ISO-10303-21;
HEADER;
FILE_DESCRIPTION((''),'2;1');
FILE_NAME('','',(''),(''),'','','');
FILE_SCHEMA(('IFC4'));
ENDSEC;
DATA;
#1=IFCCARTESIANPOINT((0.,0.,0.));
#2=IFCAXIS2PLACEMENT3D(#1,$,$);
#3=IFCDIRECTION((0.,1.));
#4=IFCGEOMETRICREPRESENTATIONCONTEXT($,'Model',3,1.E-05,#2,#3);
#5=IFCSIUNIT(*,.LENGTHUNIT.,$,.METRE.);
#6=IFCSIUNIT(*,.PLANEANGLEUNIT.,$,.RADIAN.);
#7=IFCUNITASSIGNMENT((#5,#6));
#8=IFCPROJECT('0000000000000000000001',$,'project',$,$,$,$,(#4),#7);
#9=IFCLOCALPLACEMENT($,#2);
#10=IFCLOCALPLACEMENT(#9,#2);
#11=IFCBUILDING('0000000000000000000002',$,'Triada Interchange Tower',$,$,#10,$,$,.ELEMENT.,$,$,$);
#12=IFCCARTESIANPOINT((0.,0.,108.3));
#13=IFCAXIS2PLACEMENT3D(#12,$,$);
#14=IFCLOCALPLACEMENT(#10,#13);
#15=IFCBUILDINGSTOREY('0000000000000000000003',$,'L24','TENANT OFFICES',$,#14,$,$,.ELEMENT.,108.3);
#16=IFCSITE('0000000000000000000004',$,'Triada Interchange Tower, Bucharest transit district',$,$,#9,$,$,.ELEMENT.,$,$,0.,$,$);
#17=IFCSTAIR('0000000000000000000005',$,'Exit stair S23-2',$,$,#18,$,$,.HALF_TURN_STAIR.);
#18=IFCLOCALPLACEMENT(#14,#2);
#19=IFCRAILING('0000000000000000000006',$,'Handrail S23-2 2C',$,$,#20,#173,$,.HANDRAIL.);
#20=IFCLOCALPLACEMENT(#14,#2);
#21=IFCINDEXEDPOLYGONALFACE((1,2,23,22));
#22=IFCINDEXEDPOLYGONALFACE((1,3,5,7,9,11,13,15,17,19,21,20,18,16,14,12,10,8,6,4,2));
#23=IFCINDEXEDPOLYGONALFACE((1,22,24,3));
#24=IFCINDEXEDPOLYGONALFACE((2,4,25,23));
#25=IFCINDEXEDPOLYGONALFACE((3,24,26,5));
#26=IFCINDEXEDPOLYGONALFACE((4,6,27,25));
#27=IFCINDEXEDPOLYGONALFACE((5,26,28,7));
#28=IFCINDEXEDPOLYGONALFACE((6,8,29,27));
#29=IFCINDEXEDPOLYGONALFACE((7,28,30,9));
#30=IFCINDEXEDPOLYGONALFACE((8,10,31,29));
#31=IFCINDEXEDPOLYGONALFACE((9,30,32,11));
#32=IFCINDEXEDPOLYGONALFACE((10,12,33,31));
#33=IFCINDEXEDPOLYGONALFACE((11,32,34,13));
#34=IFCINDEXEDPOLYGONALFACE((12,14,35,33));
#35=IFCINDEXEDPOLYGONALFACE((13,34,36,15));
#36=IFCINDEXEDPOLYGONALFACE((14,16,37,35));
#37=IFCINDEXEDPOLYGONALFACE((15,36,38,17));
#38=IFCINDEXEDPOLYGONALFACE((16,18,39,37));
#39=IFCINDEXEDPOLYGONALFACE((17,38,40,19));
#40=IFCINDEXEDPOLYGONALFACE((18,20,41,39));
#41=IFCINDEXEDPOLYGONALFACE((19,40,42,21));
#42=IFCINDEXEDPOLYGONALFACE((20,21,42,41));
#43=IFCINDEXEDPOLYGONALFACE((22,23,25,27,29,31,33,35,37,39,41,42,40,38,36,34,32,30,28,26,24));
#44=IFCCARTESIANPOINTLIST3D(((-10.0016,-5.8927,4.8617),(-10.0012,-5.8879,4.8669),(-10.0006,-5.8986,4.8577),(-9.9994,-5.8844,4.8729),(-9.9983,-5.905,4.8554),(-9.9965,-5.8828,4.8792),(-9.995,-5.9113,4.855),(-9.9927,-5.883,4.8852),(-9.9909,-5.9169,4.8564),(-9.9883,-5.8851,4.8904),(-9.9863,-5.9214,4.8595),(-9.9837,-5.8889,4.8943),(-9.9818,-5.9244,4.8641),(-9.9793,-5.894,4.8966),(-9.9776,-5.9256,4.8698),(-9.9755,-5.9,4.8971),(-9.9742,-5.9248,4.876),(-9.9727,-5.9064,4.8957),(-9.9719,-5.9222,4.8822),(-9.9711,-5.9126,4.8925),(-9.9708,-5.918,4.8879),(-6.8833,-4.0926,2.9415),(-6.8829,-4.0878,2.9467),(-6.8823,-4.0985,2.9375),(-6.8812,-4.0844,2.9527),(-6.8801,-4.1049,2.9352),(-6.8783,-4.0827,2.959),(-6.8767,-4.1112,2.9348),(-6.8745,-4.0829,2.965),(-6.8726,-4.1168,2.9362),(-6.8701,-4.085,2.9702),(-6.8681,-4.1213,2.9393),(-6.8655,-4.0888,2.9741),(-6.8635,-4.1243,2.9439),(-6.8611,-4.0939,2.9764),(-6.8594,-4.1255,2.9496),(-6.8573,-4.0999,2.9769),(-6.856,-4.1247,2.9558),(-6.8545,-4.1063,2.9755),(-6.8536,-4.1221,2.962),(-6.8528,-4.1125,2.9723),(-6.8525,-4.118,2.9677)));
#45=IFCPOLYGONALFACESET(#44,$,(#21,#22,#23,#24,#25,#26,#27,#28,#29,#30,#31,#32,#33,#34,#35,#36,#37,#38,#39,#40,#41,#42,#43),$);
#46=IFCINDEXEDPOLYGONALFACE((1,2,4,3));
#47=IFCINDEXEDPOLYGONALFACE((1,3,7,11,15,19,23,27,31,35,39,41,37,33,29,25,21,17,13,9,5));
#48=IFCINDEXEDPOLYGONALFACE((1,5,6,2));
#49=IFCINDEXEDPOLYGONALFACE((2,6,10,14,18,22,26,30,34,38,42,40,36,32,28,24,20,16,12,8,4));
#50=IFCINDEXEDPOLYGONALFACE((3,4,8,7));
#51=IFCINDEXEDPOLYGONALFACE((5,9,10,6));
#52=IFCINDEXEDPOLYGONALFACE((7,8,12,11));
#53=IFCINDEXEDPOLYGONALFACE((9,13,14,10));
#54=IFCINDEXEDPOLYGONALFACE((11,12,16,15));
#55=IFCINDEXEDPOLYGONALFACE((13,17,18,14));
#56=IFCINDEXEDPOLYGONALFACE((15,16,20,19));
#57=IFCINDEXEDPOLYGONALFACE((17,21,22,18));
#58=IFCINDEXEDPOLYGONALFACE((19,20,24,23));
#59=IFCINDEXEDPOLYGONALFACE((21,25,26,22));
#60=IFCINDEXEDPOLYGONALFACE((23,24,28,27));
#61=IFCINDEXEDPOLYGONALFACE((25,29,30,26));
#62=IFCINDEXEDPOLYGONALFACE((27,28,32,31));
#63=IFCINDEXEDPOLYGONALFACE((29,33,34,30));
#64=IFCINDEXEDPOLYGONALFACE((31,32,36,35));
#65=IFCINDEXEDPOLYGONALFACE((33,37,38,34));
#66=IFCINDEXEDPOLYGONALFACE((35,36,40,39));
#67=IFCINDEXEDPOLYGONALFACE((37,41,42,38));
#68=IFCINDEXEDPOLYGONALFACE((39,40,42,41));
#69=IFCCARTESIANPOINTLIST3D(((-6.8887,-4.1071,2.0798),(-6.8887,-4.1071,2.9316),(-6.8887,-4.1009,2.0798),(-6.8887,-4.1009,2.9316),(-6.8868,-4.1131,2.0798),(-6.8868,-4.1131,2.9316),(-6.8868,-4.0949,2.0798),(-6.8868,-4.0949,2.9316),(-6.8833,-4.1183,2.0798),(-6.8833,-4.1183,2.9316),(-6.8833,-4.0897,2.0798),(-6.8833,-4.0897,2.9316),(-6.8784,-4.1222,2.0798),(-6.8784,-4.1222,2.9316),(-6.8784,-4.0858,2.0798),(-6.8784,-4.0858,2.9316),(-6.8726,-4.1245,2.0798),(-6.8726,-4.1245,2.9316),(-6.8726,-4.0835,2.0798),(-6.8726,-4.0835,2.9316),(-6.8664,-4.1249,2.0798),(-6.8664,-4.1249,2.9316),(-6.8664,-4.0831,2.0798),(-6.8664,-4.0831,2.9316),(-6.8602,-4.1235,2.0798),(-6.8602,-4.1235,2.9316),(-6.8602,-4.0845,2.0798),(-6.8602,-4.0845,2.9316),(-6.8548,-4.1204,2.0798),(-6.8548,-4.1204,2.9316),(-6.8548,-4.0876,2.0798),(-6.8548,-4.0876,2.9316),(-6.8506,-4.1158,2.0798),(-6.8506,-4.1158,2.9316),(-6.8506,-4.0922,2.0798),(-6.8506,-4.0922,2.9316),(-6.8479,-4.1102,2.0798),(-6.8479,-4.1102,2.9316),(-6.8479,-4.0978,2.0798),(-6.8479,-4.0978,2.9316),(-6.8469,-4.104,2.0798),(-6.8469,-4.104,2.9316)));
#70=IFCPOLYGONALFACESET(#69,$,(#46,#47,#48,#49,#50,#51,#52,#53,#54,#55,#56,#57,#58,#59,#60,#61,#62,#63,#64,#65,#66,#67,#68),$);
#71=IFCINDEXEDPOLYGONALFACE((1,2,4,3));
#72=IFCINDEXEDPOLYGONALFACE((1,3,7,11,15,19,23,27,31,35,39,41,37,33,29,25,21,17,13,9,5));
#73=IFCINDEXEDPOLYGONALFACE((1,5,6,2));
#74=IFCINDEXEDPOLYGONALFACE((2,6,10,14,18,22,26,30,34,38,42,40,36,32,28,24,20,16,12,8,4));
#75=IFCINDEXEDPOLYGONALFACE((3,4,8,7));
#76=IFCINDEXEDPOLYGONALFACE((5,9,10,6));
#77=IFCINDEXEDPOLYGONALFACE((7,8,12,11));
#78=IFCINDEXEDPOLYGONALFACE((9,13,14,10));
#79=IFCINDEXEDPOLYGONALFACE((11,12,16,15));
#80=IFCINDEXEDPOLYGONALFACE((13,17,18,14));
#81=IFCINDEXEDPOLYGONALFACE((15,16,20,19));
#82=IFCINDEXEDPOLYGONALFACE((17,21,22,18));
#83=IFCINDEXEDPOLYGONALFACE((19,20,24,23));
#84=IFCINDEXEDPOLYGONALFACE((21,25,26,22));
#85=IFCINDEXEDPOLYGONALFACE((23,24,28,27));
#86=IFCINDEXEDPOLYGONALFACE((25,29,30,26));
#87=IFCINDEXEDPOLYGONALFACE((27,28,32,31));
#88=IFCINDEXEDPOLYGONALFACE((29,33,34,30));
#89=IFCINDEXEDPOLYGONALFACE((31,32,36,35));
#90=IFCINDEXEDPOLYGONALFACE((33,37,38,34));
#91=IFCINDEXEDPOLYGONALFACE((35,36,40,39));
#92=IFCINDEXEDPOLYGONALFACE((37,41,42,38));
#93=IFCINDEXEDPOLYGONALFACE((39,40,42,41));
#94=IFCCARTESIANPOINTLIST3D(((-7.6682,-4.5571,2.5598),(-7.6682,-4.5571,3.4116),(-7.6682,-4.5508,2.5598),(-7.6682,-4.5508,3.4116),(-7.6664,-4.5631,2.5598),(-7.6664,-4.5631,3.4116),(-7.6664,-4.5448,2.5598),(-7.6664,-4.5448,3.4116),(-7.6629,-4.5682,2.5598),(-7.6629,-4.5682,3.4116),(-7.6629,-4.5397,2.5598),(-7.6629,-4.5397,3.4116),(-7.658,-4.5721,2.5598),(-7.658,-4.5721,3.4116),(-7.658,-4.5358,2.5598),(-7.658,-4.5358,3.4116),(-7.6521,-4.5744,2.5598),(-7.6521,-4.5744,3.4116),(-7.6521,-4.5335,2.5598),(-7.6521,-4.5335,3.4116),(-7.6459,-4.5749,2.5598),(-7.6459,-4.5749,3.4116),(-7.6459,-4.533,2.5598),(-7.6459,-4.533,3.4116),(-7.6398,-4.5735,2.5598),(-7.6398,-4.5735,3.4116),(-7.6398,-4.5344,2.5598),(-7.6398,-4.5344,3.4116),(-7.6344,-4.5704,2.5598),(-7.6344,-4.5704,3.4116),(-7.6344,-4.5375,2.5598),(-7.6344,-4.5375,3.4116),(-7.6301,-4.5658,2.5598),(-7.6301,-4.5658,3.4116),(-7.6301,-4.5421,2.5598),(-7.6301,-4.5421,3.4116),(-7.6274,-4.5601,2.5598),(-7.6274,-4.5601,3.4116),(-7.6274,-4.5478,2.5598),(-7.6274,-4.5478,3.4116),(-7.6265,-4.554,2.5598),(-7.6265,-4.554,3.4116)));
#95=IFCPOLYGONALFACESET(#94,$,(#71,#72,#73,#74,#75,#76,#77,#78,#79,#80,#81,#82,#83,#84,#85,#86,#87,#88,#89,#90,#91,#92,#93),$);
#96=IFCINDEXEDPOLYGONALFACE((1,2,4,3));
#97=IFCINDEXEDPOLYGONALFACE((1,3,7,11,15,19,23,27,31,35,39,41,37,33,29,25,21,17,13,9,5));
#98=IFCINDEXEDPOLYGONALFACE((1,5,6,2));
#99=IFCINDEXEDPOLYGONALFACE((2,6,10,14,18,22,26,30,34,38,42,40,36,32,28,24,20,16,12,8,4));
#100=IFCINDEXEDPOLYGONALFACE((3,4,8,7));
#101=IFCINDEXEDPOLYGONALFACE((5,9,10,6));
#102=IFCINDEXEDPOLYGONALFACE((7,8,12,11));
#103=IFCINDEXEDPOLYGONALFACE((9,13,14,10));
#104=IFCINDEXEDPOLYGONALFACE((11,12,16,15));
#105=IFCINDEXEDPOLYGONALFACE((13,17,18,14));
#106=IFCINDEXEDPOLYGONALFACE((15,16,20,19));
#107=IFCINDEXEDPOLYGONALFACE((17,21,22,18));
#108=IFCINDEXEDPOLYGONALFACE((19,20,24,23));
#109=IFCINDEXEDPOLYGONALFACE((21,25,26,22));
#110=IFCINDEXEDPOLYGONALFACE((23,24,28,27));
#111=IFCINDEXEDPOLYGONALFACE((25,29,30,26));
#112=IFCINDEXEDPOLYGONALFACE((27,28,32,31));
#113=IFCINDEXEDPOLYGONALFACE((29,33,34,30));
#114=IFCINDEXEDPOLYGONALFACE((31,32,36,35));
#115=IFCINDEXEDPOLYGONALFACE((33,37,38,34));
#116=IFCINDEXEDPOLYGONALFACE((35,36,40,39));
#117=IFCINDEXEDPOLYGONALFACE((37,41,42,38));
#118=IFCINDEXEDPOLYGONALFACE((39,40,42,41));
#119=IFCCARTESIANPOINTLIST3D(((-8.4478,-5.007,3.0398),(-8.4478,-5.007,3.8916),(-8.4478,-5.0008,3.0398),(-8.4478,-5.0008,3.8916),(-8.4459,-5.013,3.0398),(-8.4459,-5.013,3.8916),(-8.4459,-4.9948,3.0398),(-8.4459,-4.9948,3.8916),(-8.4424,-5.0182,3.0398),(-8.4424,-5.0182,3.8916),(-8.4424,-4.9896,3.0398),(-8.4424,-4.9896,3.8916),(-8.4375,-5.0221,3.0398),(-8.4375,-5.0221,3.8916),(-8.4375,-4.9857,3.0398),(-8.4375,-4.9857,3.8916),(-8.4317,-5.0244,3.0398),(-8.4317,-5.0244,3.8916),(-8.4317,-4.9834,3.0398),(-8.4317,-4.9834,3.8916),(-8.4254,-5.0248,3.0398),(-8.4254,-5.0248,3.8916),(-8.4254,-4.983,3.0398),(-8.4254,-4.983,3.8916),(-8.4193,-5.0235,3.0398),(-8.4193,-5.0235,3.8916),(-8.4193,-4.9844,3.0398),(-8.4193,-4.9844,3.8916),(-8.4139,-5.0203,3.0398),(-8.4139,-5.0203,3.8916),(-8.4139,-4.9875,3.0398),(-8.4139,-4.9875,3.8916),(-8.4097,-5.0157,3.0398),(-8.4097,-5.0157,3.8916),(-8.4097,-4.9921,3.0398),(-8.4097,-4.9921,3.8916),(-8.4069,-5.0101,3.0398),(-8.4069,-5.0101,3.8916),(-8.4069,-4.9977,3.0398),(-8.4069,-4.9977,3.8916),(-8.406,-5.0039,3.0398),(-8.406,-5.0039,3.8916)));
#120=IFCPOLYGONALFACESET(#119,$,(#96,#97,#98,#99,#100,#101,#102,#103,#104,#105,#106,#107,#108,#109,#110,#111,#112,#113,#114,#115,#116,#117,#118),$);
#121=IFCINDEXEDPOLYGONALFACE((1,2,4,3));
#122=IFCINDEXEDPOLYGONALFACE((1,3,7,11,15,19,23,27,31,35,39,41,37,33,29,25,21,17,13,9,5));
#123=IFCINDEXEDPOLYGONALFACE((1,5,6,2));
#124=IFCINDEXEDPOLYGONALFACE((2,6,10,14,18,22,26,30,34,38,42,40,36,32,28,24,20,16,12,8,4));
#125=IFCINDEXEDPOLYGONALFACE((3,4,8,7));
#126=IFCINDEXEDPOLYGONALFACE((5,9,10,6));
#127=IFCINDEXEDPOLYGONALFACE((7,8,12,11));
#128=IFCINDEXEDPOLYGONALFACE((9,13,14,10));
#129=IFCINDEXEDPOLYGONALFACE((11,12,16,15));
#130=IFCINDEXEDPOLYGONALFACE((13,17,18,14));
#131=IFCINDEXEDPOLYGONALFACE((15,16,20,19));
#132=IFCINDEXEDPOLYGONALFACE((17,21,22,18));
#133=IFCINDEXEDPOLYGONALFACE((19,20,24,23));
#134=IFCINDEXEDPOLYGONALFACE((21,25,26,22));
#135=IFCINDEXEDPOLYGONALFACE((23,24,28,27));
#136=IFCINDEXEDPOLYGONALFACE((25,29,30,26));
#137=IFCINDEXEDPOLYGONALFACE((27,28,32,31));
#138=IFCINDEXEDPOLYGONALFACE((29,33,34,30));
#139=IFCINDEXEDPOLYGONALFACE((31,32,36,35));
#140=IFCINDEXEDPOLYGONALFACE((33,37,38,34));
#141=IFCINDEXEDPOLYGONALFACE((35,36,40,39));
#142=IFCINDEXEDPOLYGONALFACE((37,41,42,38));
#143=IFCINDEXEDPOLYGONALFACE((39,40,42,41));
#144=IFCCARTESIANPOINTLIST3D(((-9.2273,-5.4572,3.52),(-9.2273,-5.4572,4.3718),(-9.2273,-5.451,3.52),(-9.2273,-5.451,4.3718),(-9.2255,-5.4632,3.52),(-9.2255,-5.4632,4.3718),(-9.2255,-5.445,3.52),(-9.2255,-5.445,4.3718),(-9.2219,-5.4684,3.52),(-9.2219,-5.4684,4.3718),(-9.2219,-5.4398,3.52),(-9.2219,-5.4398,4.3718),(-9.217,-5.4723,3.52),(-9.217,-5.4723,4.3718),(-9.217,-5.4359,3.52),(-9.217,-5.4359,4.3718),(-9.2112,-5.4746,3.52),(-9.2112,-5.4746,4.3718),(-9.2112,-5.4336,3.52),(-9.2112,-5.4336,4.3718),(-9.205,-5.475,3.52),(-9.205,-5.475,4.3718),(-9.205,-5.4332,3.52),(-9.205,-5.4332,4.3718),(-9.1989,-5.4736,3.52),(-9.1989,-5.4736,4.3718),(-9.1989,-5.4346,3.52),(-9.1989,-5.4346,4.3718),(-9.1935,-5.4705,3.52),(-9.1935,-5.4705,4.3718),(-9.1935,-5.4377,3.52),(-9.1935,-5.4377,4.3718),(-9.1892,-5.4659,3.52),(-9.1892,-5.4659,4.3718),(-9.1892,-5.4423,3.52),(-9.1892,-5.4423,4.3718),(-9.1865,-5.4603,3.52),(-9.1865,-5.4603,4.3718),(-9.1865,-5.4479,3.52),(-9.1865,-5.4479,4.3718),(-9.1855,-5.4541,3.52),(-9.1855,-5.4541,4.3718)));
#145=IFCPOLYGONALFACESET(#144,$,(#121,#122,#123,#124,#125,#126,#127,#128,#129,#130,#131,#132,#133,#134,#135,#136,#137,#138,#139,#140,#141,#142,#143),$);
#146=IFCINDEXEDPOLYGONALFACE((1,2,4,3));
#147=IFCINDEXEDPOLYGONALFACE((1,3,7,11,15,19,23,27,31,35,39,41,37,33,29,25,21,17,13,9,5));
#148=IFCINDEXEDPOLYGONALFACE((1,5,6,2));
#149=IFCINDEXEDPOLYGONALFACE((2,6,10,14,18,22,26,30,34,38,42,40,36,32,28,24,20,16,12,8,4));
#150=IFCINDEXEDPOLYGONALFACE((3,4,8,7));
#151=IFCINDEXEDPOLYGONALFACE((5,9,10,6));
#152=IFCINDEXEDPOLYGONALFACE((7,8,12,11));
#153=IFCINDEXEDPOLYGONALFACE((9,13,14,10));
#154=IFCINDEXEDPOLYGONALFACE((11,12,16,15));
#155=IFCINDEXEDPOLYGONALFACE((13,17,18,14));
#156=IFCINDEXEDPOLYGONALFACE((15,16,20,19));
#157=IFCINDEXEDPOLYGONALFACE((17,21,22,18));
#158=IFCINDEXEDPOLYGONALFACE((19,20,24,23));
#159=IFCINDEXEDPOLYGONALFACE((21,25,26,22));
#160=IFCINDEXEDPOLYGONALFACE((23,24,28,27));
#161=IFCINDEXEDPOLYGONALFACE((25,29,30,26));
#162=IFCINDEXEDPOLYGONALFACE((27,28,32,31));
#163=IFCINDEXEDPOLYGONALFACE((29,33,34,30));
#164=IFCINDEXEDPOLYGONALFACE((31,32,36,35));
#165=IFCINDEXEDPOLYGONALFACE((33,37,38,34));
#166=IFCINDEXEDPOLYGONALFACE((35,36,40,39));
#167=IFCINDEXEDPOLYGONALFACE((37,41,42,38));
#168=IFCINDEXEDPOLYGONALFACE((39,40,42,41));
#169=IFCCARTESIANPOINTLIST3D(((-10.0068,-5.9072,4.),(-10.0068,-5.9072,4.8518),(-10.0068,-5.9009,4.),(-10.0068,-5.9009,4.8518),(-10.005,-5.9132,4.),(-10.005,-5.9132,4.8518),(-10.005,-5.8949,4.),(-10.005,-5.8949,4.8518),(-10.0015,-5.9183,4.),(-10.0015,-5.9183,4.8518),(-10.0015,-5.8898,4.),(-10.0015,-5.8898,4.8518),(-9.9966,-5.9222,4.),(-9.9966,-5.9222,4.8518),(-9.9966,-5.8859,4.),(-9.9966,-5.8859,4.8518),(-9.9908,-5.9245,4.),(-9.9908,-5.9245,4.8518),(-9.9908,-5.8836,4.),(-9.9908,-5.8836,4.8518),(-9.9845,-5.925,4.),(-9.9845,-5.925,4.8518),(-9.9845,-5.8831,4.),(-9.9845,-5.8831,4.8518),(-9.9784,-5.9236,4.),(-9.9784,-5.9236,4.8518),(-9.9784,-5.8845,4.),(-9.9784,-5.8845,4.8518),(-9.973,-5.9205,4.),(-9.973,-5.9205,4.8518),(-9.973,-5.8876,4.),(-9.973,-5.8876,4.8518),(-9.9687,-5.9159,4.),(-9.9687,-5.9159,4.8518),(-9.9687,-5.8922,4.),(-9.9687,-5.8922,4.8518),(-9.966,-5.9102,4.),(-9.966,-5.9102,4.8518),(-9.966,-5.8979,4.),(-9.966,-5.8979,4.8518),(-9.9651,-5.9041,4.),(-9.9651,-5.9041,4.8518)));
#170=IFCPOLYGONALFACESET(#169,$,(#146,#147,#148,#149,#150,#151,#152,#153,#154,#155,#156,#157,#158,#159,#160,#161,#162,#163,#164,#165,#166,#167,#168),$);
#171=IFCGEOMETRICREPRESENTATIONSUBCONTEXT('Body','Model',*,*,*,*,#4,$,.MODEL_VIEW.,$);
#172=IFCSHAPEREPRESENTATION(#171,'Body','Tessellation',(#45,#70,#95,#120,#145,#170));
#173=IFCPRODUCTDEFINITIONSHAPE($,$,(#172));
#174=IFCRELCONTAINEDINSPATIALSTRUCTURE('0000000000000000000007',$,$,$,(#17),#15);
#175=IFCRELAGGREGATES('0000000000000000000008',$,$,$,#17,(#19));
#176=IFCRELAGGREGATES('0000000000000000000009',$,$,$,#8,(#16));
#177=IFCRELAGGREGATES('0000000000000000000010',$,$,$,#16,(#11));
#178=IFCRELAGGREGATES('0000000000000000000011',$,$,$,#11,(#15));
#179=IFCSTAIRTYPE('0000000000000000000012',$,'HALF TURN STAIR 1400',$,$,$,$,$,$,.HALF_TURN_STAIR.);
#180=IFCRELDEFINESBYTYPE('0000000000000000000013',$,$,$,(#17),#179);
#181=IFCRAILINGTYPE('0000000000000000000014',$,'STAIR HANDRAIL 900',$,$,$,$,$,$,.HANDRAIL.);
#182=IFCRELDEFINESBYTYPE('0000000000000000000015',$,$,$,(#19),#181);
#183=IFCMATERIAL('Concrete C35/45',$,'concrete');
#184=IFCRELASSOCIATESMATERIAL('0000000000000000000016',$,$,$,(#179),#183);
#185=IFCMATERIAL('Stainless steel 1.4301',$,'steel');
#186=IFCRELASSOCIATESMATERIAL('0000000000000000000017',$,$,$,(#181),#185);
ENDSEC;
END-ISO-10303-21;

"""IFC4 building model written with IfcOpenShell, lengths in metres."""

from ifc_helpers import new_model, si_unit, direction, frame, origin, origin_2d, place, context, subcontext, project, spatial, circle, extrude, material, type_object, element, aggregate, save


model = new_model("IFC4")

# Units and contexts
model_context = context("Model", 3, precision=1e-05, world=origin(), true_north=direction((0.0, 1.0)))
body_context = subcontext(model_context, "Body", "Model", "MODEL_VIEW")
ifc_project = project(units=[si_unit("LENGTHUNIT", "METRE"), si_unit("PLANEANGLEUNIT", "RADIAN")], contexts=[model_context])

# Site, building, storey
site_placement = place(None, origin())
site = spatial("IfcSite", under=ifc_project, at=site_placement, Name="Triada Interchange Tower, Bucharest transit district", CompositionType="ELEMENT", RefElevation=0.0)
building_placement = place(site_placement, origin())
building = spatial("IfcBuilding", under=site, at=building_placement, Name="Triada Interchange Tower", CompositionType="ELEMENT")
storey_placement = place(building_placement, frame((0.0, 0.0, 108.3)))
storey = spatial("IfcBuildingStorey", under=building, at=storey_placement, Name="L24", Description="TENANT OFFICES", CompositionType="ELEMENT", Elevation=108.3)

# Stair, railing
ifc_material_1 = material(Name="Concrete C35/45", Category="concrete")
stair_type = type_object("IfcStairType", Name="HALF TURN STAIR 1400", PredefinedType="HALF_TURN_STAIR", material=ifc_material_1)
stair_placement = place(storey_placement, origin())
stair = element("IfcStair", 1, at=stair_placement, inside=storey, type_object=stair_type, Name="Exit stair S23-2", PredefinedType="HALF_TURN_STAIR")
ifc_material_2 = material(Name="Stainless steel 1.4301", Category="steel")
railing_type = type_object("IfcRailingType", Name="STAIR HANDRAIL 900", PredefinedType="HANDRAIL", material=ifc_material_2)
railing_1_placement = place(storey_placement, frame((-6.8679, -4.104, 2.0798)))
railing_1 = element("IfcRailing", 2, at=railing_1_placement, type_object=railing_type, Name="Handrail S23-2 2C", PredefinedType="HANDRAIL", context=body_context, shape_type="SweptSolid", body=[
    extrude(circle(Radius=0.0239, at=origin_2d()), frame((0.0, 0.0, 0.876), z_axis=(-0.76417, -0.441139, 0.470576), x_axis=(0.499953, -0.866052, 0.0)), (0.0, 0.0, 1.0), 4.0806),
    extrude(circle(Radius=0.021, at=origin_2d()), origin(), (0.0, 0.0, 1.0), 0.8518),
    extrude(circle(Radius=0.021, at=origin_2d()), frame((-0.7795, -0.45, 0.48)), (0.0, 0.0, 1.0), 0.8518),
    extrude(circle(Radius=0.021, at=origin_2d()), frame((-1.5591, -0.8999, 0.96)), (0.0, 0.0, 1.0), 0.8518),
    extrude(circle(Radius=0.021, at=origin_2d()), frame((-2.3386, -1.3501, 1.4402)), (0.0, 0.0, 1.0), 0.8518),
    extrude(circle(Radius=0.021, at=origin_2d()), frame((-3.1182, -1.8, 1.9202)), (0.0, 0.0, 1.0), 0.8518),
])
aggregate(stair, [railing_1])

save(model, "model.ifc")
